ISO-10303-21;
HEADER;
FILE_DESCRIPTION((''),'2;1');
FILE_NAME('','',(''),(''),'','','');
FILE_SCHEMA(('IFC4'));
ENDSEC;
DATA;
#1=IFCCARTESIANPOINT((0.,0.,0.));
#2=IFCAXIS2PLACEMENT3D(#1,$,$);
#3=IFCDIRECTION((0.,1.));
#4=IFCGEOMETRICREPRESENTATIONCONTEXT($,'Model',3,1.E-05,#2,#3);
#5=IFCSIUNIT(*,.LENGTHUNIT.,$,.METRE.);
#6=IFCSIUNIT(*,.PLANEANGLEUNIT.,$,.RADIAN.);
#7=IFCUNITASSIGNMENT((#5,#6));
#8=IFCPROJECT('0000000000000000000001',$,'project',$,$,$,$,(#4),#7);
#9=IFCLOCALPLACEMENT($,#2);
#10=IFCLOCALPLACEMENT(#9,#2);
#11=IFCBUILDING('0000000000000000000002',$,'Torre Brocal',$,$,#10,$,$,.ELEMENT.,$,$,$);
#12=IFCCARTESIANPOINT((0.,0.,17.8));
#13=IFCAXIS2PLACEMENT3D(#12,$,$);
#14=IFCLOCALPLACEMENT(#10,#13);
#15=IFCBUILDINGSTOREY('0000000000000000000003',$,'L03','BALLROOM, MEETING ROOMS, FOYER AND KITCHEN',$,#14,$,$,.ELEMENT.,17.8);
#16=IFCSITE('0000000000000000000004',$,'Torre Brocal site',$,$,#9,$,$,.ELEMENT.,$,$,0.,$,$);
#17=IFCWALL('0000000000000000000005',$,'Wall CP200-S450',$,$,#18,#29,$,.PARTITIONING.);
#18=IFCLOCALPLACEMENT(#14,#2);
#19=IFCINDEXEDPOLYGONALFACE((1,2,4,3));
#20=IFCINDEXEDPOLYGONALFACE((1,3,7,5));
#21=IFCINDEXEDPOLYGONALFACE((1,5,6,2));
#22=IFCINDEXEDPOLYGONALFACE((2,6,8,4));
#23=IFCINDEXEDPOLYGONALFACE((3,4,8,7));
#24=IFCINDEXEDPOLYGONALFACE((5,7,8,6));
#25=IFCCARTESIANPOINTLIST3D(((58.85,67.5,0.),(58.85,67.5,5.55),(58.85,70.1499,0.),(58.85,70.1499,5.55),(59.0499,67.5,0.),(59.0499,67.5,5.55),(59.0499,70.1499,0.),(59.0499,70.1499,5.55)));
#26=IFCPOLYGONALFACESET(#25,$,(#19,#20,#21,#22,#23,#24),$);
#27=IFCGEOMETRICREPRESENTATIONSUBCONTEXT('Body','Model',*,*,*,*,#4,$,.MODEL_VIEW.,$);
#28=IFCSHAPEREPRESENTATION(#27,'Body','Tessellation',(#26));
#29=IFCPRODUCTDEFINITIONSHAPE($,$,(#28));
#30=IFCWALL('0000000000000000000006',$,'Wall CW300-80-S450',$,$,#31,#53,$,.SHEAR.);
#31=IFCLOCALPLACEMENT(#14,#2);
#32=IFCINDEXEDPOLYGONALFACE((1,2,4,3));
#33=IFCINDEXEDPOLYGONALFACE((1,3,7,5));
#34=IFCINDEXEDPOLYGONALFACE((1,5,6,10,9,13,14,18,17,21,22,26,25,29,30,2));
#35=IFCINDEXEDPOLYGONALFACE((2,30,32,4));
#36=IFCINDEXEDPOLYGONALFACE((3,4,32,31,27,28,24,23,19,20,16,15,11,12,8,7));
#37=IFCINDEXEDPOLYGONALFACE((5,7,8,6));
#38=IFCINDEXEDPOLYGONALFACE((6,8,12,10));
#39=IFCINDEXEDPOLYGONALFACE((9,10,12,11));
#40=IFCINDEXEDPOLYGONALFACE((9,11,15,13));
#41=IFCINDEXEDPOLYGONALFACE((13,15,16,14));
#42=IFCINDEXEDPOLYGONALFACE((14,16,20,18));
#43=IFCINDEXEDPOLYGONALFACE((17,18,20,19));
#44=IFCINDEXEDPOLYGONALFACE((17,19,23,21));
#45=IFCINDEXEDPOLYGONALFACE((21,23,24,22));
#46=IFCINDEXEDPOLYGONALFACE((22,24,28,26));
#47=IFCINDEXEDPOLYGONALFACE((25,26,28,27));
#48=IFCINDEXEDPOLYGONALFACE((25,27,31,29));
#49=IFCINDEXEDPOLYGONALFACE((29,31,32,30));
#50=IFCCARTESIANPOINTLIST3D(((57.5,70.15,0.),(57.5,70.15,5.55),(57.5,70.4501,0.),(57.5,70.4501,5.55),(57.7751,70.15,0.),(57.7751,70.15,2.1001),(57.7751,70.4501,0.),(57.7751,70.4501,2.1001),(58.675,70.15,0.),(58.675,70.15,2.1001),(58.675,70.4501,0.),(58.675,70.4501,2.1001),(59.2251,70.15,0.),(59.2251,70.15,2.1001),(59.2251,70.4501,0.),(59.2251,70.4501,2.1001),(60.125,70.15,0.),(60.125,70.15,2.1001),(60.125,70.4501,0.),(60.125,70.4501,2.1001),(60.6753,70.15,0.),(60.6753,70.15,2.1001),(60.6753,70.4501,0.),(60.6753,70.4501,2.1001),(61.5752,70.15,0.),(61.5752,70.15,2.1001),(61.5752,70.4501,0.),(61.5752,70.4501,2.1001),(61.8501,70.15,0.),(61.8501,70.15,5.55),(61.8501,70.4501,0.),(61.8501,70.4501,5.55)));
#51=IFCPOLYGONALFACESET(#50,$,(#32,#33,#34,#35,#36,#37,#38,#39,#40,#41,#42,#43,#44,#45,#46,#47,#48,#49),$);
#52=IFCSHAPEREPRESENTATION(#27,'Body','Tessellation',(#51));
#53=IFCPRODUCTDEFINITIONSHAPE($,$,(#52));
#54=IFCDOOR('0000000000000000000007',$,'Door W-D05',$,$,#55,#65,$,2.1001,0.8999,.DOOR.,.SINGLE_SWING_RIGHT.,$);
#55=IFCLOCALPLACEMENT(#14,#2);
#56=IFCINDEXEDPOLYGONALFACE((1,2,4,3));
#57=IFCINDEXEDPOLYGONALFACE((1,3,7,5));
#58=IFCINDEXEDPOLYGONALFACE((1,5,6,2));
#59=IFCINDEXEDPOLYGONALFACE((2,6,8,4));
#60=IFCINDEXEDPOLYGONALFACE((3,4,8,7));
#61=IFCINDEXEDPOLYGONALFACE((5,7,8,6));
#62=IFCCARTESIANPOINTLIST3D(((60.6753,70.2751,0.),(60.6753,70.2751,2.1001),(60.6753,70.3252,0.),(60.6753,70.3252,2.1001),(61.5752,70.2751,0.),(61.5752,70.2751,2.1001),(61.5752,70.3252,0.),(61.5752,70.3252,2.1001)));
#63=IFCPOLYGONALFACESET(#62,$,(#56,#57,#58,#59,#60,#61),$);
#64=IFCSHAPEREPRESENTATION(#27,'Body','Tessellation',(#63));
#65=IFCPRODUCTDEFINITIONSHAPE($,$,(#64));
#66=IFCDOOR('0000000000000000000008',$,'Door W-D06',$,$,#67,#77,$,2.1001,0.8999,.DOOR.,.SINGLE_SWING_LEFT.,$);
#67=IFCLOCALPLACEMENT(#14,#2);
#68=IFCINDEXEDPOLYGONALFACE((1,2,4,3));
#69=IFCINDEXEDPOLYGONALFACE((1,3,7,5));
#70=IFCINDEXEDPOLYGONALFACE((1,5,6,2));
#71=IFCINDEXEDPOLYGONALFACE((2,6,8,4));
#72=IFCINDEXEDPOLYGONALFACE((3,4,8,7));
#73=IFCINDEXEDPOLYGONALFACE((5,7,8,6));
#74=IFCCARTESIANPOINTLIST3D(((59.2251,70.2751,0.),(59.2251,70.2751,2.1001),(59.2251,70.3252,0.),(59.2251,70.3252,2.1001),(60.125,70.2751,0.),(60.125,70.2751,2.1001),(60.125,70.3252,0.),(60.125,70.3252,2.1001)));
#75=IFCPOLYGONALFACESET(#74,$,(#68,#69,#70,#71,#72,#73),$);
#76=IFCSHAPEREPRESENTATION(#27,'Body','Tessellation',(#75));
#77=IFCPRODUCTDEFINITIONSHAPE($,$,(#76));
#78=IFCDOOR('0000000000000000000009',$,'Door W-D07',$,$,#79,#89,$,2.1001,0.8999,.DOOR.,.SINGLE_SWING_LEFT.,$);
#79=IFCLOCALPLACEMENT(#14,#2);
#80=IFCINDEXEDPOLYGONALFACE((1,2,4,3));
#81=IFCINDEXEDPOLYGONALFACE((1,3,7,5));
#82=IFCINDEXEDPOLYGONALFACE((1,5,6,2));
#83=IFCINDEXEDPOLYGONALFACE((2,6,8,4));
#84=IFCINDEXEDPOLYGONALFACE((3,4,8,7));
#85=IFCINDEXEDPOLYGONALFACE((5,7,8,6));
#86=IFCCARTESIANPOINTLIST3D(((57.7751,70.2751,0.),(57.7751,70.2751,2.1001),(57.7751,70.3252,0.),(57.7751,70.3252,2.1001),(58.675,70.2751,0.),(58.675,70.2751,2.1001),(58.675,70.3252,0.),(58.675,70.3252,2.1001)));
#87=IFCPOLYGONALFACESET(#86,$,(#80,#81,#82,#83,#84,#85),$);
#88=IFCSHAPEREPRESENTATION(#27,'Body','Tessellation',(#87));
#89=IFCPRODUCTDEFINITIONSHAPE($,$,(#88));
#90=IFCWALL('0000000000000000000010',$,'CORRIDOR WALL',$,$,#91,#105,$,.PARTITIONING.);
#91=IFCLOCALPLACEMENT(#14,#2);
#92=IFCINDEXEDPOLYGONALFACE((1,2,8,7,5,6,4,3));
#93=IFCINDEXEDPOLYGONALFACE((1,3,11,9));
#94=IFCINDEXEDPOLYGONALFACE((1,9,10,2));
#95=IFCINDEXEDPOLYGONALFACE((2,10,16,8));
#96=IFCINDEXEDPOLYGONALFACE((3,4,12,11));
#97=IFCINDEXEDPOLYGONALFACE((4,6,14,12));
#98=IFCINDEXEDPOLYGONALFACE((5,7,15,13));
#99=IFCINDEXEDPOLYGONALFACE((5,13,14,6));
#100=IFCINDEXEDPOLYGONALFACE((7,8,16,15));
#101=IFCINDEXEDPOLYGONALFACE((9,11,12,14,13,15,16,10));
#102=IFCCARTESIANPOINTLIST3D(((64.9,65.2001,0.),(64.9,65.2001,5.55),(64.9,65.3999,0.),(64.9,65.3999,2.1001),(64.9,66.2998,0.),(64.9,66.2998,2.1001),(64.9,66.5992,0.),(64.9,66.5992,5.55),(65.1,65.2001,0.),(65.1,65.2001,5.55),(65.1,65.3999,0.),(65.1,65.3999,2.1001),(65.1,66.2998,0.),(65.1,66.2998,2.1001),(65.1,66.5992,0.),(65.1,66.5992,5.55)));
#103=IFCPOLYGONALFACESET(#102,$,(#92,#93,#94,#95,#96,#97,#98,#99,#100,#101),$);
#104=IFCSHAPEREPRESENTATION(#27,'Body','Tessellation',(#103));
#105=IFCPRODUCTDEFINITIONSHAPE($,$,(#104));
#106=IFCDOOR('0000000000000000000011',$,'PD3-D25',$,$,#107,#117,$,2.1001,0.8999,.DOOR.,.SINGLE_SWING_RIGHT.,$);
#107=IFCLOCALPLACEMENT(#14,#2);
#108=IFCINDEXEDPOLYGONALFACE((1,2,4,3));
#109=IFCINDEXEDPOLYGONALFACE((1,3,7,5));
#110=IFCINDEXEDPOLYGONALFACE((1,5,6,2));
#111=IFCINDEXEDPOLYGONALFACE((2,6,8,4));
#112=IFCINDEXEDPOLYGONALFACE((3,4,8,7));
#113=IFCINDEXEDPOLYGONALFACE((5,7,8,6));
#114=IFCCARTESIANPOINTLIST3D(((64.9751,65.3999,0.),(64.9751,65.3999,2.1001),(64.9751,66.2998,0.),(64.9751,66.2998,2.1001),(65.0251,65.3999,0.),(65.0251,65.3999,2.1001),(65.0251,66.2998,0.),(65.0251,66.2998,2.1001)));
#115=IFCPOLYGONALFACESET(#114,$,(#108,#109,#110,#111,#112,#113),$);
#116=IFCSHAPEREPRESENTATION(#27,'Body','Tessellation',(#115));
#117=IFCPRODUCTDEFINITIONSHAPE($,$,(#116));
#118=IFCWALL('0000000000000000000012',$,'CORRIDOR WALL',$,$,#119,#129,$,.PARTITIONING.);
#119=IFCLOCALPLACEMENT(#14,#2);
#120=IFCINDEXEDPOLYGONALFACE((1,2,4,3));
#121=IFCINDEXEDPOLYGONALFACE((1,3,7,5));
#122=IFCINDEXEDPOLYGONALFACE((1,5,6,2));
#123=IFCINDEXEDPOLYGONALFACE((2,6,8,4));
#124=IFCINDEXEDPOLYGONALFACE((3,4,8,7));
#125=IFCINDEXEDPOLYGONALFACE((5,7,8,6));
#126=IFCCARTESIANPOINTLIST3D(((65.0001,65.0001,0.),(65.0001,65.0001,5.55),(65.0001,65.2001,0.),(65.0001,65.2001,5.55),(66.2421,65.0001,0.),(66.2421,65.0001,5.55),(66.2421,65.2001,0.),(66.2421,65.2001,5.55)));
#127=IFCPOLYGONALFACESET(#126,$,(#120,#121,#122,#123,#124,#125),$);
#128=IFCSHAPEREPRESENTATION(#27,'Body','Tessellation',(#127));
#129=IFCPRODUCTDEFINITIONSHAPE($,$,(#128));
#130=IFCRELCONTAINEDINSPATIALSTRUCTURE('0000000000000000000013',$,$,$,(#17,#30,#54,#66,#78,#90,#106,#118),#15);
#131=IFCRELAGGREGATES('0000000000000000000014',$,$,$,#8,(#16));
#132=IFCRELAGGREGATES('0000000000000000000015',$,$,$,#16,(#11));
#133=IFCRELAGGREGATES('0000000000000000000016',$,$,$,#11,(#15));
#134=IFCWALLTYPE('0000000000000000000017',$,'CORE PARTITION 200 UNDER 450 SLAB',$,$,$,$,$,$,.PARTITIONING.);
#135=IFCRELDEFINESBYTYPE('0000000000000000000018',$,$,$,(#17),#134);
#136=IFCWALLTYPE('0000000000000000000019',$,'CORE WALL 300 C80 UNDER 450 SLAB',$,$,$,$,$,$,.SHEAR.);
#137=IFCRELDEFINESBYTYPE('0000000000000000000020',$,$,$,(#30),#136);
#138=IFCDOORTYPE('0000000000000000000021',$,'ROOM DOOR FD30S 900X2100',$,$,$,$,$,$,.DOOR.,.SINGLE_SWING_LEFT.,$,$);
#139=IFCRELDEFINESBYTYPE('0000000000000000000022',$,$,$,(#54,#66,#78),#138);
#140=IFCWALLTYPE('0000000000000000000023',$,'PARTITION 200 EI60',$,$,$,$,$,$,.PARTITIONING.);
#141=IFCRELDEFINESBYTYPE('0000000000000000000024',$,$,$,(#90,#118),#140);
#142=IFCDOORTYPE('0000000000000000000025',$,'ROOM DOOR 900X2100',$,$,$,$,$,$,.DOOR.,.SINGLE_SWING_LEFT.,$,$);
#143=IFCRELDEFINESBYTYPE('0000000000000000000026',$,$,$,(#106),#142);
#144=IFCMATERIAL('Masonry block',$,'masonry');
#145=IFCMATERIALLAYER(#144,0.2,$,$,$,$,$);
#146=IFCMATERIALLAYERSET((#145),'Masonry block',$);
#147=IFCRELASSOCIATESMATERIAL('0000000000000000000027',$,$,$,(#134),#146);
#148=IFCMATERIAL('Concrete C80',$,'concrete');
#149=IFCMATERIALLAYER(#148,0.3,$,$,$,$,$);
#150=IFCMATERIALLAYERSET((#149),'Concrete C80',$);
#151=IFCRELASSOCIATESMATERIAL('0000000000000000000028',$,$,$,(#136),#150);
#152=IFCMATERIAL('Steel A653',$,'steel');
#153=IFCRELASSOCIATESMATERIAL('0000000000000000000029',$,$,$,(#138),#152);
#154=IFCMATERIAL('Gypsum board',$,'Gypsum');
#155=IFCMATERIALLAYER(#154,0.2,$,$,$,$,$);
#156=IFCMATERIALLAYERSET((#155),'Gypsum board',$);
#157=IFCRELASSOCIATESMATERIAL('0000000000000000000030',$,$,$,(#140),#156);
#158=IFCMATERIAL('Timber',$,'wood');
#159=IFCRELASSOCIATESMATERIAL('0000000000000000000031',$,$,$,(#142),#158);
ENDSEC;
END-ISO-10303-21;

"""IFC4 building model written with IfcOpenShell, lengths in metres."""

from ifc_helpers import new_model, si_unit, direction, frame, frame_2d, origin, place, context, subcontext, project, spatial, rectangle, extrude, material, layer, layer_set, type_object, element, fill, save


model = new_model("IFC4")

# Units and contexts
model_context = context("Model", 3, precision=1e-05, world=origin(), true_north=direction((0.0, 1.0)))
body_context = subcontext(model_context, "Body", "Model", "MODEL_VIEW")
ifc_project = project(units=[si_unit("LENGTHUNIT", "METRE"), si_unit("PLANEANGLEUNIT", "RADIAN")], contexts=[model_context])

# Site, building, storey
site_placement = place(None, origin())
site = spatial("IfcSite", under=ifc_project, at=site_placement, Name="Torre Brocal site", CompositionType="ELEMENT", RefElevation=0.0)
building_placement = place(site_placement, origin())
building = spatial("IfcBuilding", under=site, at=building_placement, Name="Torre Brocal", CompositionType="ELEMENT")
storey_placement = place(building_placement, frame((0.0, 0.0, 17.8)))
storey = spatial("IfcBuildingStorey", under=building, at=storey_placement, Name="L03", Description="BALLROOM, MEETING ROOMS, FOYER AND KITCHEN", CompositionType="ELEMENT", Elevation=17.8)

# Wall
ifc_material_1 = material(Name="Masonry block", Category="masonry")
ifc_layer_1 = layer(ifc_material_1, 0.2)
ifc_layer_set_1 = layer_set([ifc_layer_1], Name="Masonry block")
wall_type_1 = type_object("IfcWallType", Name="CORE PARTITION 200 UNDER 450 SLAB", PredefinedType="PARTITIONING", material=ifc_layer_set_1)
for number, where, z_axis, x_axis, name in (
    (1, (58.95, 70.1499, 0.0), (0.0, 0.0, 1.0), (0.0, -1.0, 0.0), "Wall CP200-S450"),
):
    element("IfcWall", number, at=place(storey_placement, frame(where, z_axis=z_axis, x_axis=x_axis)), inside=storey, type_object=wall_type_1, Name=name, PredefinedType="PARTITIONING", context=body_context, shape_type="SweptSolid", body=[
        extrude(rectangle(XDim=2.6499, YDim=0.2, at=frame_2d((1.325, 0.0))), origin(), (0.0, 0.0, 1.0), 5.55),
    ])

# Wall, openings, doors
ifc_material_2 = material(Name="Concrete C80", Category="concrete")
ifc_layer_2 = layer(ifc_material_2, 0.3)
ifc_layer_set_2 = layer_set([ifc_layer_2], Name="Concrete C80")
wall_type_2 = type_object("IfcWallType", Name="CORE WALL 300 C80 UNDER 450 SLAB", PredefinedType="SHEAR", material=ifc_layer_set_2)
wall_1_placement = place(storey_placement, frame((61.8501, 70.3, 0.0), z_axis=(0.0, 0.0, 1.0), x_axis=(-1.0, 0.0, 0.0)))
wall_1 = element("IfcWall", 2, at=wall_1_placement, inside=storey, type_object=wall_type_2, Name="Wall CW300-80-S450", PredefinedType="SHEAR", context=body_context, shape_type="SweptSolid", body=[
    extrude(rectangle(XDim=4.3501, YDim=0.3, at=frame_2d((2.175, 0.0))), origin(), (0.0, 0.0, 1.0), 5.55),
])
opening_1_placement = place(wall_1_placement, frame((0.2749, 0.0, 0.0)))
opening_1 = element("IfcOpeningElement", 3, at=opening_1_placement, cuts=wall_1, PredefinedType="OPENING", context=body_context, shape_type="SweptSolid", body=[
    extrude(rectangle(XDim=0.8999, YDim=2.1001, at=frame_2d((0.45, 1.05))), frame((0.0, 0.1599, 0.0), z_axis=(0.0, -1.0, 0.0), x_axis=(1.0, 0.0, 0.0)), (0.0, 0.0, 1.0), 0.3201),
])
opening_2_placement = place(wall_1_placement, frame((1.7251, 0.0, 0.0)))
opening_2 = element("IfcOpeningElement", 4, at=opening_2_placement, cuts=wall_1, PredefinedType="OPENING", context=body_context, shape_type="SweptSolid", body=[
    extrude(rectangle(XDim=0.8999, YDim=2.1001, at=frame_2d((0.45, 1.05))), frame((0.0, 0.1599, 0.0), z_axis=(0.0, -1.0, 0.0), x_axis=(1.0, 0.0, 0.0)), (0.0, 0.0, 1.0), 0.3201),
])
opening_3_placement = place(wall_1_placement, frame((3.175, 0.0, 0.0)))
opening_3 = element("IfcOpeningElement", 5, at=opening_3_placement, cuts=wall_1, PredefinedType="OPENING", context=body_context, shape_type="SweptSolid", body=[
    extrude(rectangle(XDim=0.8999, YDim=2.1001, at=frame_2d((0.45, 1.05))), frame((0.0, 0.1599, 0.0), z_axis=(0.0, -1.0, 0.0), x_axis=(1.0, 0.0, 0.0)), (0.0, 0.0, 1.0), 0.3201),
])
ifc_material_3 = material(Name="Steel A653", Category="steel")
door_type_1 = type_object("IfcDoorType", Name="ROOM DOOR FD30S 900X2100", OperationType="SINGLE_SWING_LEFT", PredefinedType="DOOR", material=ifc_material_3)
door_1_placement = place(opening_1_placement, origin())
door_1 = element("IfcDoor", 6, at=door_1_placement, inside=storey, type_object=door_type_1, Name="Door W-D05", OperationType="SINGLE_SWING_RIGHT", OverallHeight=2.1001, OverallWidth=0.8999, PredefinedType="DOOR", context=body_context, shape_type="SweptSolid", body=[
    extrude(rectangle(XDim=0.8999, YDim=2.1001, at=frame_2d((0.45, 1.05))), frame((0.0, 0.0249, 0.0), z_axis=(0.0, -1.0, 0.0), x_axis=(1.0, 0.0, 0.0)), (0.0, 0.0, 1.0), 0.05),
])
fill(opening_1, door_1)
door_2_placement = place(opening_2_placement, origin())
door_2 = element("IfcDoor", 7, at=door_2_placement, inside=storey, type_object=door_type_1, Name="Door W-D06", OperationType="SINGLE_SWING_LEFT", OverallHeight=2.1001, OverallWidth=0.8999, PredefinedType="DOOR", context=body_context, shape_type="SweptSolid", body=[
    extrude(rectangle(XDim=0.8999, YDim=2.1001, at=frame_2d((0.45, 1.05))), frame((0.0, 0.0249, 0.0), z_axis=(0.0, -1.0, 0.0), x_axis=(1.0, 0.0, 0.0)), (0.0, 0.0, 1.0), 0.05),
])
fill(opening_2, door_2)
door_3_placement = place(opening_3_placement, origin())
door_3 = element("IfcDoor", 8, at=door_3_placement, inside=storey, type_object=door_type_1, Name="Door W-D07", OperationType="SINGLE_SWING_LEFT", OverallHeight=2.1001, OverallWidth=0.8999, PredefinedType="DOOR", context=body_context, shape_type="SweptSolid", body=[
    extrude(rectangle(XDim=0.8999, YDim=2.1001, at=frame_2d((0.45, 1.05))), frame((0.0, 0.0249, 0.0), z_axis=(0.0, -1.0, 0.0), x_axis=(1.0, 0.0, 0.0)), (0.0, 0.0, 1.0), 0.05),
])
fill(opening_3, door_3)

# Wall, opening, door
ifc_material_4 = material(Name="Gypsum board", Category="Gypsum")
ifc_layer_3 = layer(ifc_material_4, 0.2)
ifc_layer_set_3 = layer_set([ifc_layer_3], Name="Gypsum board")
wall_type_3 = type_object("IfcWallType", Name="PARTITION 200 EI60", PredefinedType="PARTITIONING", material=ifc_layer_set_3)
wall_2_placement = place(storey_placement, frame((65.0, 65.2, 0.0), z_axis=(0.0, 0.0, 1.0), x_axis=(0.0, 1.0, 0.0)))
wall_2 = element("IfcWall", 9, at=wall_2_placement, inside=storey, type_object=wall_type_3, Name="CORRIDOR WALL", PredefinedType="PARTITIONING", context=body_context, shape_type="SweptSolid", body=[
    extrude(rectangle(XDim=1.3992, YDim=0.2, at=frame_2d((0.6997, 0.0))), origin(), (0.0, 0.0, 1.0), 5.55),
])
opening_4_placement = place(wall_2_placement, frame((0.2, 0.0, 0.0)))
opening_4 = element("IfcOpeningElement", 10, at=opening_4_placement, cuts=wall_2, PredefinedType="OPENING", context=body_context, shape_type="SweptSolid", body=[
    extrude(rectangle(XDim=0.8999, YDim=2.1001, at=frame_2d((0.45, 1.05))), frame((0.0, 0.1099, 0.0), z_axis=(0.0, -1.0, 0.0), x_axis=(1.0, 0.0, 0.0)), (0.0, 0.0, 1.0), 0.22),
])
ifc_material_5 = material(Name="Timber", Category="wood")
door_type_2 = type_object("IfcDoorType", Name="ROOM DOOR 900X2100", OperationType="SINGLE_SWING_LEFT", PredefinedType="DOOR", material=ifc_material_5)
door_4_placement = place(opening_4_placement, origin())
door_4 = element("IfcDoor", 11, at=door_4_placement, inside=storey, type_object=door_type_2, Name="PD3-D25", OperationType="SINGLE_SWING_RIGHT", OverallHeight=2.1001, OverallWidth=0.8999, PredefinedType="DOOR", context=body_context, shape_type="SweptSolid", body=[
    extrude(rectangle(XDim=0.8999, YDim=2.1001, at=frame_2d((0.45, 1.05))), frame((0.0, 0.0249, 0.0), z_axis=(0.0, -1.0, 0.0), x_axis=(1.0, 0.0, 0.0)), (0.0, 0.0, 1.0), 0.05),
])
fill(opening_4, door_4)

# Wall
wall_3_placement = place(storey_placement, frame((65.0, 65.1001, 0.0), z_axis=(0.0, 0.0, 1.0), x_axis=(1.0, 0.0, 0.0)))
element("IfcWall", 12, at=wall_3_placement, inside=storey, type_object=wall_type_3, Name="CORRIDOR WALL", PredefinedType="PARTITIONING", context=body_context, shape_type="SweptSolid", body=[
    extrude(rectangle(XDim=1.2419, YDim=0.2, at=frame_2d((0.6211, 0.0))), origin(), (0.0, 0.0, 1.0), 5.55),
])

save(model, "model.ifc")
